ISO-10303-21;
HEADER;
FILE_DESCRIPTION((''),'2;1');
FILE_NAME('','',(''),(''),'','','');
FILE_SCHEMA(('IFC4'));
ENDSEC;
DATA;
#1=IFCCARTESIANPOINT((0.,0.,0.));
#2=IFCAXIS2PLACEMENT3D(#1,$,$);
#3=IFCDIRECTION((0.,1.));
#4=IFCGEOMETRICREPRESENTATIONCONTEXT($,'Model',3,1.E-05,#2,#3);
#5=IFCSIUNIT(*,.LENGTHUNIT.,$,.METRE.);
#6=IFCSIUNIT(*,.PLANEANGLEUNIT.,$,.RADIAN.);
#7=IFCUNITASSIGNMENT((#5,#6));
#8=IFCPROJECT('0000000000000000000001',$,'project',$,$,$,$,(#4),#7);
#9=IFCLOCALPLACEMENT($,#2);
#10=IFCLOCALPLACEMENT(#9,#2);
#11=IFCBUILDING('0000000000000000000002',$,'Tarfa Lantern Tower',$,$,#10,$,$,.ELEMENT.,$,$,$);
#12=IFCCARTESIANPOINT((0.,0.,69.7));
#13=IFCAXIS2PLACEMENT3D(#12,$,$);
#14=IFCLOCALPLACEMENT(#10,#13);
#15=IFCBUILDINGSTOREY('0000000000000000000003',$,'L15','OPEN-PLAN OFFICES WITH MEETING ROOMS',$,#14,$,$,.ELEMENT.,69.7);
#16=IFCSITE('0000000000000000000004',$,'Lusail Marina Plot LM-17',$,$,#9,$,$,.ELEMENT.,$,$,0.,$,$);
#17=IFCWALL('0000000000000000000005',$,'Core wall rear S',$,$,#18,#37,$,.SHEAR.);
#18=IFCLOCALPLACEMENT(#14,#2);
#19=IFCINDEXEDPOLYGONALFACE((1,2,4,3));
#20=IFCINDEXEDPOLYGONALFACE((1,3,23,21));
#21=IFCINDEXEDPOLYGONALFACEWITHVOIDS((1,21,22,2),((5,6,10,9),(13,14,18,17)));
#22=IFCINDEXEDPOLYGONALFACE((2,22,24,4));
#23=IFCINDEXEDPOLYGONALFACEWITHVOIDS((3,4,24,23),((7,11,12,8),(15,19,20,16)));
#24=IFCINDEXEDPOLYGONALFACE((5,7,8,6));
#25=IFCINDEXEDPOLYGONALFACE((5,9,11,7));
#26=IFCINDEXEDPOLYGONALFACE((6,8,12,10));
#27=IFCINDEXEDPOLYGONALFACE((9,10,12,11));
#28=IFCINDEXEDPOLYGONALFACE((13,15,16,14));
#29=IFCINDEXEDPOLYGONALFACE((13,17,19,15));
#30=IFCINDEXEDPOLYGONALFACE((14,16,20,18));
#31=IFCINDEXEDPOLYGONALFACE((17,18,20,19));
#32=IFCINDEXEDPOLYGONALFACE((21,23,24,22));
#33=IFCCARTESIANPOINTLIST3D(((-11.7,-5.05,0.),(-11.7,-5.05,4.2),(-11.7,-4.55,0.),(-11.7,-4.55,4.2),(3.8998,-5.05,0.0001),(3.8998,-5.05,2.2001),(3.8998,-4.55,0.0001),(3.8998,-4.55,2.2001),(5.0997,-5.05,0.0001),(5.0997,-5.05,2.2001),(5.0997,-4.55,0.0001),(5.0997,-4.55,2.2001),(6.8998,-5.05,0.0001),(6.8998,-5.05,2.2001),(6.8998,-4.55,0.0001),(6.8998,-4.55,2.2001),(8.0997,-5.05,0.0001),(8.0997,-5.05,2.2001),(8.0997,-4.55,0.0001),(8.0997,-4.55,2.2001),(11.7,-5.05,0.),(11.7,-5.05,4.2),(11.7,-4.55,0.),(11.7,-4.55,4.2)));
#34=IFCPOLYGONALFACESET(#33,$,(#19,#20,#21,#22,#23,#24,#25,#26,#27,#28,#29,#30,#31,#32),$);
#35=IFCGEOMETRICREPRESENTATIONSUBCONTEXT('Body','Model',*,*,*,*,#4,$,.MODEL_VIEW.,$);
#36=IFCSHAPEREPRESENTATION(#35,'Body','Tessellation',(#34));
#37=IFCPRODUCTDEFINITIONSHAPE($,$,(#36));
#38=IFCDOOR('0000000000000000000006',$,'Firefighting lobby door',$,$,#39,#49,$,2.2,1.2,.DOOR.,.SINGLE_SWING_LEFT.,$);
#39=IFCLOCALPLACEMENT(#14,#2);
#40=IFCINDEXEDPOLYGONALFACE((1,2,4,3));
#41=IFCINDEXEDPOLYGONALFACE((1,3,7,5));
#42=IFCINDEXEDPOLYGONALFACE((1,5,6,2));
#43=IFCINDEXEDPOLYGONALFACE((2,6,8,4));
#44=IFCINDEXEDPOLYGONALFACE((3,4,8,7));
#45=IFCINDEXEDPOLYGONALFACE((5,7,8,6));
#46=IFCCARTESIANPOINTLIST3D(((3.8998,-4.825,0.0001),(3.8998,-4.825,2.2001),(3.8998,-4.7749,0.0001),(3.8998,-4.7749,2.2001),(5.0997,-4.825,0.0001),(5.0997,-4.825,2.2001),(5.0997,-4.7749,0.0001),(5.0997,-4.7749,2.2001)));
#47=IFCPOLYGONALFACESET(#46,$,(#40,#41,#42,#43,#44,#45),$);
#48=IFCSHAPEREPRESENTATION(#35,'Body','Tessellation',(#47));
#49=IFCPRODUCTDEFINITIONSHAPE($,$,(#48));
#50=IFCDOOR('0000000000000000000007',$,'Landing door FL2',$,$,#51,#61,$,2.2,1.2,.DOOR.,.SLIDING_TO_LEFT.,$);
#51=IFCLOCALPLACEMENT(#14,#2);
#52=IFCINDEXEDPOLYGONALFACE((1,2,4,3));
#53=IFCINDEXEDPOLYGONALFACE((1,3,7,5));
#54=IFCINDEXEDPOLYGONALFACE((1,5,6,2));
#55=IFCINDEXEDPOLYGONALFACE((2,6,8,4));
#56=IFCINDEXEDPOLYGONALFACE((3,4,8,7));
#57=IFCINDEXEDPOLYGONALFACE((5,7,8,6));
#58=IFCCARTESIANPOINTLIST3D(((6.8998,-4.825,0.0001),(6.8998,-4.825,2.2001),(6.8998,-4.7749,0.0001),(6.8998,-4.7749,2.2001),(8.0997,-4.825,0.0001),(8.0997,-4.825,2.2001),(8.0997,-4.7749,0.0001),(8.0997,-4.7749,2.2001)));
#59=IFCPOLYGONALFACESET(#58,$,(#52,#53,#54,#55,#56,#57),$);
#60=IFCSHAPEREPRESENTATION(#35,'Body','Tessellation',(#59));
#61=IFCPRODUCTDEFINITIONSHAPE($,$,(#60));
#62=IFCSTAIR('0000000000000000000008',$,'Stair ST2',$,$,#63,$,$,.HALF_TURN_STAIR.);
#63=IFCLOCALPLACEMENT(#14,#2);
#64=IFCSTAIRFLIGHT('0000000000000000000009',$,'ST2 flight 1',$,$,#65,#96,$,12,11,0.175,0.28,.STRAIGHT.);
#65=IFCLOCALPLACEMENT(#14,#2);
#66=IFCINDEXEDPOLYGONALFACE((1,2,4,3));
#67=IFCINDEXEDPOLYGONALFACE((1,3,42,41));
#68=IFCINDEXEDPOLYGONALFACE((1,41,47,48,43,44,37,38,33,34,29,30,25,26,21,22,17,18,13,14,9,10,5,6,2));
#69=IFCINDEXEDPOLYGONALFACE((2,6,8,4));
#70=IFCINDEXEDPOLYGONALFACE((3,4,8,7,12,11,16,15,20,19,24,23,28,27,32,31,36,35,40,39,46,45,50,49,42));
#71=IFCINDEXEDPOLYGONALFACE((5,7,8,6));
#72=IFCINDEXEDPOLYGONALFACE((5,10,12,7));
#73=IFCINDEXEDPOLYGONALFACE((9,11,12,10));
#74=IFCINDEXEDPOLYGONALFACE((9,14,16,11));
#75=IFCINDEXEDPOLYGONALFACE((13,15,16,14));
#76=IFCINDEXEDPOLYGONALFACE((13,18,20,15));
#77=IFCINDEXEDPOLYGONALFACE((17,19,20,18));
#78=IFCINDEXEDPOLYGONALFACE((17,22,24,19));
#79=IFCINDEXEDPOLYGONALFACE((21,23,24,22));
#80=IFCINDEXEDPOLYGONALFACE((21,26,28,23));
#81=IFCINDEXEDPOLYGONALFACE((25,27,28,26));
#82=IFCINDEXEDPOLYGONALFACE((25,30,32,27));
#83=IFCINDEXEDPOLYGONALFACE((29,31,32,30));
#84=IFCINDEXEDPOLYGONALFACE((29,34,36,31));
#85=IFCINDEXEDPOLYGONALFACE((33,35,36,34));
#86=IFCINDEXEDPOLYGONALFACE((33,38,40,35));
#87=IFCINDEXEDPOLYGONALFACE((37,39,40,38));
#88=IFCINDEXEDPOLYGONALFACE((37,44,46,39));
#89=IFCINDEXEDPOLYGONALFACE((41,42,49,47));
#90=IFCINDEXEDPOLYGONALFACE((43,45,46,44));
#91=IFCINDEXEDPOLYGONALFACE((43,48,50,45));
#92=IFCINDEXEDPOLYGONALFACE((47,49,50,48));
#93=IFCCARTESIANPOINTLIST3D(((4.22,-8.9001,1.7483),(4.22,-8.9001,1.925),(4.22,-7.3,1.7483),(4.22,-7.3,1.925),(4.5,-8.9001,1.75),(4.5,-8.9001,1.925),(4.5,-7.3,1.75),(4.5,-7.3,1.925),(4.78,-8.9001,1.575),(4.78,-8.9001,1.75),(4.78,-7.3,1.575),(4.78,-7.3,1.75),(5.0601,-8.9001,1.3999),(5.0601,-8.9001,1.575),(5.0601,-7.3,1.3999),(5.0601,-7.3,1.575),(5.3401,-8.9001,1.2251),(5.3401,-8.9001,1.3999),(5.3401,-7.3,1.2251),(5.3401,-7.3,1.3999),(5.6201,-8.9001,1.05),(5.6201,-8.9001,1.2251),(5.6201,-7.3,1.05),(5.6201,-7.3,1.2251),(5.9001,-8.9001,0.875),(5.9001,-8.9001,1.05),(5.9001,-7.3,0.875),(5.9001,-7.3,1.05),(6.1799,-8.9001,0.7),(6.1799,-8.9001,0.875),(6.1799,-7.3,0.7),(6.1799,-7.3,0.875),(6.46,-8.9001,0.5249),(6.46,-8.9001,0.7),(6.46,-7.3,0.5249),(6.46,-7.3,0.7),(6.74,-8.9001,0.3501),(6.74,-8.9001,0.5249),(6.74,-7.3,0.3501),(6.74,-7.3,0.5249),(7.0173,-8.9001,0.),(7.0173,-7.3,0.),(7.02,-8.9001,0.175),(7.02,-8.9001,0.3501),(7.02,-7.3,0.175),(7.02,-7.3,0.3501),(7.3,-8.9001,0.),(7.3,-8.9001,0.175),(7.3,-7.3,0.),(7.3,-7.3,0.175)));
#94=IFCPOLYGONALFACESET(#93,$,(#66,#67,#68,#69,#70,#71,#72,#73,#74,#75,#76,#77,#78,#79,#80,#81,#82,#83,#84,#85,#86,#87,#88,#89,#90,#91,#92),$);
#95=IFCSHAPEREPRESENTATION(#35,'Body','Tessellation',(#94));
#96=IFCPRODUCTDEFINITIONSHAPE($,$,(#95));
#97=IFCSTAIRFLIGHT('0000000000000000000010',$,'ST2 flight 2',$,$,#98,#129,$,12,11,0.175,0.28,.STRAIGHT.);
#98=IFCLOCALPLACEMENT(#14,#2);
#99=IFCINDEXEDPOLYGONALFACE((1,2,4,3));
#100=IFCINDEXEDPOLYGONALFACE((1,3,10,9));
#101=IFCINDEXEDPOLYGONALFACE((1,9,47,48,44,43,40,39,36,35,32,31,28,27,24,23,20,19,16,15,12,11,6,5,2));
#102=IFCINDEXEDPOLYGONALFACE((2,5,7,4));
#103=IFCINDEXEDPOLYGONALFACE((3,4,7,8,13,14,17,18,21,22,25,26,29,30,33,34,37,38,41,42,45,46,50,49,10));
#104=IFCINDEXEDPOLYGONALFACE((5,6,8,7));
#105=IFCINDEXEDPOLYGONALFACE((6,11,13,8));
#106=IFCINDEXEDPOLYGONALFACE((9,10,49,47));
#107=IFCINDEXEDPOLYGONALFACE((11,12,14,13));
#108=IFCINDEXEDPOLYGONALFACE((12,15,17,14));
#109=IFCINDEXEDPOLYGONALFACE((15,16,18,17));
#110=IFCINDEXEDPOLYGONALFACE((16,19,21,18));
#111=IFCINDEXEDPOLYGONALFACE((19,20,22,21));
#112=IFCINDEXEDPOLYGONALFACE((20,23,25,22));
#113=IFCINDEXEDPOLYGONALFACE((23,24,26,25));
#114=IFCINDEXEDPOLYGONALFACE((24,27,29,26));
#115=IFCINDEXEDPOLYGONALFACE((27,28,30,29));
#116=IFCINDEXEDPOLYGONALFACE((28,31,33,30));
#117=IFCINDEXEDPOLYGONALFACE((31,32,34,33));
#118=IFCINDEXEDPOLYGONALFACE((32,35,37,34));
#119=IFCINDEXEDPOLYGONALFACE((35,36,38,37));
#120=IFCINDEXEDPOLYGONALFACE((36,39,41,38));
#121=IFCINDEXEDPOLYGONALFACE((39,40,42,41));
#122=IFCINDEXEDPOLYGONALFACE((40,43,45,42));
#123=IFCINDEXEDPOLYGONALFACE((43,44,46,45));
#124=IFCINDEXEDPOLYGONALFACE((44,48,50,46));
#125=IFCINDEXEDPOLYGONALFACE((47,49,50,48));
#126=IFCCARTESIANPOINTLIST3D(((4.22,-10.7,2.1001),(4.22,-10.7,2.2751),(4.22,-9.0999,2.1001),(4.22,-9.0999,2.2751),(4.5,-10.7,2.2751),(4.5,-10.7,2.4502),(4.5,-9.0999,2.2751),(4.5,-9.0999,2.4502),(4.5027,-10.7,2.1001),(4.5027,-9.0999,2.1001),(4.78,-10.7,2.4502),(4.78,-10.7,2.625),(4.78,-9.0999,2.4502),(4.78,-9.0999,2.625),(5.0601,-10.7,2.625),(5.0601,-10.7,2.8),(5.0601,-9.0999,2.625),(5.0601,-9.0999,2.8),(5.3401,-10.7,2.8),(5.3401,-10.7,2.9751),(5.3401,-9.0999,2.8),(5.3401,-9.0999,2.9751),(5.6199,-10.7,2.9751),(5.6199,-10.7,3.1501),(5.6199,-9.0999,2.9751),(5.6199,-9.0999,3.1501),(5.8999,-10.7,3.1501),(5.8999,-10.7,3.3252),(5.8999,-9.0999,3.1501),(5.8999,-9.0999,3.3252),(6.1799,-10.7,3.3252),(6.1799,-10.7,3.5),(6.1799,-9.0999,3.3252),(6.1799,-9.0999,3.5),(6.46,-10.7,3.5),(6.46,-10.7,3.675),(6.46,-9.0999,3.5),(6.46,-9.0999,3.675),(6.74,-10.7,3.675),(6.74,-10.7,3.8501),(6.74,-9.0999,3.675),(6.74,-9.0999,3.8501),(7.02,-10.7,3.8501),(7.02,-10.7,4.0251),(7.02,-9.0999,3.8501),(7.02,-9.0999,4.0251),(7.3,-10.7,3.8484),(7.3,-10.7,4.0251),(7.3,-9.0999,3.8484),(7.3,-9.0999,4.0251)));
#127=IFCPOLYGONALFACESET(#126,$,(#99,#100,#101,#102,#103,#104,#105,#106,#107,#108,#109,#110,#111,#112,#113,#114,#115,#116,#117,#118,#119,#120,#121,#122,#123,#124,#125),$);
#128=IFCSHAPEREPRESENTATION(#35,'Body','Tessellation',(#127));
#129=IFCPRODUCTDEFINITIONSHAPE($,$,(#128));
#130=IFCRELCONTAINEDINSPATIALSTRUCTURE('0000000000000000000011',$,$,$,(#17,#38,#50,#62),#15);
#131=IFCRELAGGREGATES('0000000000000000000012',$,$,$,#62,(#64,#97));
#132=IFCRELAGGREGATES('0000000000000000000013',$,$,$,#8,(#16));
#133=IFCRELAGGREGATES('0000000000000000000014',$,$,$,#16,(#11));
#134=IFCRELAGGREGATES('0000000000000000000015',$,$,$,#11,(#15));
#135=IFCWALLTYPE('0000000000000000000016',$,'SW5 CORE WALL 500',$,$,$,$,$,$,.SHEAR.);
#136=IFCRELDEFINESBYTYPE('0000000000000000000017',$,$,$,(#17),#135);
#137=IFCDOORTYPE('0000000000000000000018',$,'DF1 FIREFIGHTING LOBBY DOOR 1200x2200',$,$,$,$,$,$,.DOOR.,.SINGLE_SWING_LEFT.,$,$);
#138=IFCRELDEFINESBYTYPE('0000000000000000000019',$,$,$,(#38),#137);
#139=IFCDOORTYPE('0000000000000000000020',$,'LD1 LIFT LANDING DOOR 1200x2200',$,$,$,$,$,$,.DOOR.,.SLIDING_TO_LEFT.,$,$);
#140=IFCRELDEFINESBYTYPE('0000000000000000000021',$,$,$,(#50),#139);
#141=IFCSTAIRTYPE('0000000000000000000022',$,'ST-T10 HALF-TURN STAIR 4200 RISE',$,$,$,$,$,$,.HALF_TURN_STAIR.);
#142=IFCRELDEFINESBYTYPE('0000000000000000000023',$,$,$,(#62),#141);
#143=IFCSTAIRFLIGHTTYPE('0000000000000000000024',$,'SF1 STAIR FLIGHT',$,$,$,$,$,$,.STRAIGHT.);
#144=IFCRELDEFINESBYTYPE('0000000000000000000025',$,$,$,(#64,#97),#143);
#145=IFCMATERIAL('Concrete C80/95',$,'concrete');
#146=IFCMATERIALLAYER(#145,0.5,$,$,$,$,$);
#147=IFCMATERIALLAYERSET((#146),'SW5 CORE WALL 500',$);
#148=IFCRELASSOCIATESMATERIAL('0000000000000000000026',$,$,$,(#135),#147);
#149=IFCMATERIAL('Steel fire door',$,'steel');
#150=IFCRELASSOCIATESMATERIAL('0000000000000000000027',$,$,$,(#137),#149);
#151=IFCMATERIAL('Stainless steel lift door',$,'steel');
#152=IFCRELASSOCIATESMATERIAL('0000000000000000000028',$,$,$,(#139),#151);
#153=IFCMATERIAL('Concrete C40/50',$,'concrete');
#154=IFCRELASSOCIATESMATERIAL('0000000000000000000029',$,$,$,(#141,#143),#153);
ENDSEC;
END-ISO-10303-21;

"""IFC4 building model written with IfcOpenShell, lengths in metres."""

from ifc_helpers import new_model, si_unit, direction, frame, frame_2d, origin, place, context, subcontext, project, spatial, polyline, rectangle, outline, extrude, material, layer, layer_set, type_object, element, fill, aggregate, save


model = new_model("IFC4")

# Units and contexts
model_context = context("Model", 3, precision=1e-05, world=origin(), true_north=direction((0.0, 1.0)))
body_context = subcontext(model_context, "Body", "Model", "MODEL_VIEW")
ifc_project = project(units=[si_unit("LENGTHUNIT", "METRE"), si_unit("PLANEANGLEUNIT", "RADIAN")], contexts=[model_context])

# Site, building, storey
site_placement = place(None, origin())
site = spatial("IfcSite", under=ifc_project, at=site_placement, Name="Lusail Marina Plot LM-17", CompositionType="ELEMENT", RefElevation=0.0)
building_placement = place(site_placement, origin())
building = spatial("IfcBuilding", under=site, at=building_placement, Name="Tarfa Lantern Tower", CompositionType="ELEMENT")
storey_placement = place(building_placement, frame((0.0, 0.0, 69.7)))
storey = spatial("IfcBuildingStorey", under=building, at=storey_placement, Name="L15", Description="OPEN-PLAN OFFICES WITH MEETING ROOMS", CompositionType="ELEMENT", Elevation=69.7)

# Shared definitions
ifc_material_1 = material(Name="Concrete C80/95", Category="concrete")

# Shared definitions
ifc_material_2 = material(Name="Steel fire door", Category="steel")

# Wall, openings, doors
ifc_layer_1 = layer(ifc_material_1, 0.5)
ifc_layer_set_1 = layer_set([ifc_layer_1], Name="SW5 CORE WALL 500")
wall_type_1 = type_object("IfcWallType", Name="SW5 CORE WALL 500", PredefinedType="SHEAR", material=ifc_layer_set_1)
wall_1_placement = place(storey_placement, frame((11.7, -4.8, 0.0), z_axis=(0.0, 0.0, 1.0), x_axis=(-1.0, 0.0, 0.0)))
wall_1 = element("IfcWall", 1, at=wall_1_placement, inside=storey, type_object=wall_type_1, Name="Core wall rear S", PredefinedType="SHEAR", context=body_context, shape_type="SweptSolid", body=[
    extrude(rectangle(XDim=23.3999, YDim=0.5, at=frame_2d((11.7, 0.0))), origin(), (0.0, 0.0, 1.0), 4.2),
])
opening_1_placement = place(wall_1_placement, frame((6.6001, 0.0, 0.0)))
opening_1 = element("IfcOpeningElement", 2, at=opening_1_placement, cuts=wall_1, PredefinedType="OPENING", context=body_context, shape_type="SweptSolid", body=[
    extrude(rectangle(XDim=1.2, YDim=2.2, at=frame_2d((0.6001, 1.1001))), frame((0.0, 0.26, 0.0), z_axis=(0.0, -1.0, 0.0), x_axis=(1.0, 0.0, 0.0)), (0.0, 0.0, 1.0), 0.52),
])
opening_2_placement = place(wall_1_placement, frame((3.6001, 0.0, 0.0)))
opening_2 = element("IfcOpeningElement", 3, at=opening_2_placement, cuts=wall_1, PredefinedType="OPENING", context=body_context, shape_type="SweptSolid", body=[
    extrude(rectangle(XDim=1.2, YDim=2.2, at=frame_2d((0.6001, 1.1001))), frame((0.0, 0.26, 0.0), z_axis=(0.0, -1.0, 0.0), x_axis=(1.0, 0.0, 0.0)), (0.0, 0.0, 1.0), 0.52),
])
door_type_1 = type_object("IfcDoorType", Name="DF1 FIREFIGHTING LOBBY DOOR 1200x2200", OperationType="SINGLE_SWING_LEFT", PredefinedType="DOOR", material=ifc_material_2)
door_1_placement = place(opening_1_placement, origin())
door_1 = element("IfcDoor", 4, at=door_1_placement, inside=storey, type_object=door_type_1, Name="Firefighting lobby door", OperationType="SINGLE_SWING_LEFT", OverallHeight=2.2, OverallWidth=1.2, PredefinedType="DOOR", context=body_context, shape_type="SweptSolid", body=[
    extrude(rectangle(XDim=1.2, YDim=2.2, at=frame_2d((0.6001, 1.1001))), frame((0.0, 0.0249, 0.0), z_axis=(0.0, -1.0, 0.0), x_axis=(1.0, 0.0, 0.0)), (0.0, 0.0, 1.0), 0.05),
])
fill(opening_1, door_1)
ifc_material_3 = material(Name="Stainless steel lift door", Category="steel")
door_type_2 = type_object("IfcDoorType", Name="LD1 LIFT LANDING DOOR 1200x2200", OperationType="SLIDING_TO_LEFT", PredefinedType="DOOR", material=ifc_material_3)
door_2_placement = place(opening_2_placement, origin())
door_2 = element("IfcDoor", 5, at=door_2_placement, inside=storey, type_object=door_type_2, Name="Landing door FL2", OperationType="SLIDING_TO_LEFT", OverallHeight=2.2, OverallWidth=1.2, PredefinedType="DOOR", context=body_context, shape_type="SweptSolid", body=[
    extrude(rectangle(XDim=1.2, YDim=2.2, at=frame_2d((0.6001, 1.1001))), frame((0.0, 0.0249, 0.0), z_axis=(0.0, -1.0, 0.0), x_axis=(1.0, 0.0, 0.0)), (0.0, 0.0, 1.0), 0.05),
])
fill(opening_2, door_2)

# Stair, stair flights
ifc_material_4 = material(Name="Concrete C40/50", Category="concrete")
stair_type = type_object("IfcStairType", Name="ST-T10 HALF-TURN STAIR 4200 RISE", PredefinedType="HALF_TURN_STAIR", material=ifc_material_4)
stair_placement = place(storey_placement, origin())
stair = element("IfcStair", 6, at=stair_placement, inside=storey, type_object=stair_type, Name="Stair ST2", PredefinedType="HALF_TURN_STAIR")
stair_flight_type = type_object("IfcStairFlightType", Name="SF1 STAIR FLIGHT", PredefinedType="STRAIGHT", material=ifc_material_4)
stair_flight_1_placement = place(storey_placement, frame((7.3, -8.1001, 0.0), z_axis=(0.0, 0.0, 1.0), x_axis=(-1.0, 0.0, 0.0)))
stair_flight_1 = element("IfcStairFlight", 7, at=stair_flight_1_placement, type_object=stair_flight_type, Name="ST2 flight 1", NumberOfRisers=12, NumberOfTreads=11, PredefinedType="STRAIGHT", RiserHeight=0.175, TreadLength=0.28, context=body_context, shape_type="SweptSolid", body=[
    extrude(outline(polyline([(0.0, 0.0), (0.0, 0.175), (0.28, 0.175), (0.28, 0.3501), (0.5601, 0.3501), (0.5601, 0.5249), (0.8401, 0.5249), (0.8401, 0.7), (1.1201, 0.7), (1.1201, 0.875), (1.3999, 0.875), (1.3999, 1.05), (1.6799, 1.05), (1.6799, 1.2251), (1.96, 1.2251), (1.96, 1.3999), (2.24, 1.3999), (2.24, 1.575), (2.52, 1.575), (2.52, 1.75), (2.8, 1.75), (2.8, 1.925), (3.0801, 1.925), (3.0801, 2.1001), (3.0801, 1.7483), (0.2827, 0.0), (0.0, 0.0)])), frame((0.0, 0.8, 0.0), z_axis=(0.0, -1.0, 0.0), x_axis=(1.0, 0.0, 0.0)), (0.0, 0.0, 1.0), 1.6001),
])
stair_flight_2_placement = place(storey_placement, frame((4.22, -9.8999, 2.1001), z_axis=(0.0, 0.0, 1.0), x_axis=(1.0, 0.0, 0.0)))
stair_flight_2 = element("IfcStairFlight", 8, at=stair_flight_2_placement, type_object=stair_flight_type, Name="ST2 flight 2", NumberOfRisers=12, NumberOfTreads=11, PredefinedType="STRAIGHT", RiserHeight=0.175, TreadLength=0.28, context=body_context, shape_type="SweptSolid", body=[
    extrude(outline(polyline([(0.0, 0.0), (0.0, 0.175), (0.28, 0.175), (0.28, 0.3501), (0.5601, 0.3501), (0.5601, 0.5249), (0.8401, 0.5249), (0.8401, 0.7), (1.1201, 0.7), (1.1201, 0.875), (1.3999, 0.875), (1.3999, 1.05), (1.6799, 1.05), (1.6799, 1.2251), (1.96, 1.2251), (1.96, 1.3999), (2.24, 1.3999), (2.24, 1.575), (2.52, 1.575), (2.52, 1.75), (2.8, 1.75), (2.8, 1.925), (3.0801, 1.925), (3.0801, 2.1001), (3.0801, 1.7483), (0.2827, 0.0), (0.0, 0.0)])), frame((0.0, 0.8, 0.0), z_axis=(0.0, -1.0, 0.0), x_axis=(1.0, 0.0, 0.0)), (0.0, 0.0, 1.0), 1.6001),
])
aggregate(stair, [stair_flight_1, stair_flight_2])

save(model, "model.ifc")
